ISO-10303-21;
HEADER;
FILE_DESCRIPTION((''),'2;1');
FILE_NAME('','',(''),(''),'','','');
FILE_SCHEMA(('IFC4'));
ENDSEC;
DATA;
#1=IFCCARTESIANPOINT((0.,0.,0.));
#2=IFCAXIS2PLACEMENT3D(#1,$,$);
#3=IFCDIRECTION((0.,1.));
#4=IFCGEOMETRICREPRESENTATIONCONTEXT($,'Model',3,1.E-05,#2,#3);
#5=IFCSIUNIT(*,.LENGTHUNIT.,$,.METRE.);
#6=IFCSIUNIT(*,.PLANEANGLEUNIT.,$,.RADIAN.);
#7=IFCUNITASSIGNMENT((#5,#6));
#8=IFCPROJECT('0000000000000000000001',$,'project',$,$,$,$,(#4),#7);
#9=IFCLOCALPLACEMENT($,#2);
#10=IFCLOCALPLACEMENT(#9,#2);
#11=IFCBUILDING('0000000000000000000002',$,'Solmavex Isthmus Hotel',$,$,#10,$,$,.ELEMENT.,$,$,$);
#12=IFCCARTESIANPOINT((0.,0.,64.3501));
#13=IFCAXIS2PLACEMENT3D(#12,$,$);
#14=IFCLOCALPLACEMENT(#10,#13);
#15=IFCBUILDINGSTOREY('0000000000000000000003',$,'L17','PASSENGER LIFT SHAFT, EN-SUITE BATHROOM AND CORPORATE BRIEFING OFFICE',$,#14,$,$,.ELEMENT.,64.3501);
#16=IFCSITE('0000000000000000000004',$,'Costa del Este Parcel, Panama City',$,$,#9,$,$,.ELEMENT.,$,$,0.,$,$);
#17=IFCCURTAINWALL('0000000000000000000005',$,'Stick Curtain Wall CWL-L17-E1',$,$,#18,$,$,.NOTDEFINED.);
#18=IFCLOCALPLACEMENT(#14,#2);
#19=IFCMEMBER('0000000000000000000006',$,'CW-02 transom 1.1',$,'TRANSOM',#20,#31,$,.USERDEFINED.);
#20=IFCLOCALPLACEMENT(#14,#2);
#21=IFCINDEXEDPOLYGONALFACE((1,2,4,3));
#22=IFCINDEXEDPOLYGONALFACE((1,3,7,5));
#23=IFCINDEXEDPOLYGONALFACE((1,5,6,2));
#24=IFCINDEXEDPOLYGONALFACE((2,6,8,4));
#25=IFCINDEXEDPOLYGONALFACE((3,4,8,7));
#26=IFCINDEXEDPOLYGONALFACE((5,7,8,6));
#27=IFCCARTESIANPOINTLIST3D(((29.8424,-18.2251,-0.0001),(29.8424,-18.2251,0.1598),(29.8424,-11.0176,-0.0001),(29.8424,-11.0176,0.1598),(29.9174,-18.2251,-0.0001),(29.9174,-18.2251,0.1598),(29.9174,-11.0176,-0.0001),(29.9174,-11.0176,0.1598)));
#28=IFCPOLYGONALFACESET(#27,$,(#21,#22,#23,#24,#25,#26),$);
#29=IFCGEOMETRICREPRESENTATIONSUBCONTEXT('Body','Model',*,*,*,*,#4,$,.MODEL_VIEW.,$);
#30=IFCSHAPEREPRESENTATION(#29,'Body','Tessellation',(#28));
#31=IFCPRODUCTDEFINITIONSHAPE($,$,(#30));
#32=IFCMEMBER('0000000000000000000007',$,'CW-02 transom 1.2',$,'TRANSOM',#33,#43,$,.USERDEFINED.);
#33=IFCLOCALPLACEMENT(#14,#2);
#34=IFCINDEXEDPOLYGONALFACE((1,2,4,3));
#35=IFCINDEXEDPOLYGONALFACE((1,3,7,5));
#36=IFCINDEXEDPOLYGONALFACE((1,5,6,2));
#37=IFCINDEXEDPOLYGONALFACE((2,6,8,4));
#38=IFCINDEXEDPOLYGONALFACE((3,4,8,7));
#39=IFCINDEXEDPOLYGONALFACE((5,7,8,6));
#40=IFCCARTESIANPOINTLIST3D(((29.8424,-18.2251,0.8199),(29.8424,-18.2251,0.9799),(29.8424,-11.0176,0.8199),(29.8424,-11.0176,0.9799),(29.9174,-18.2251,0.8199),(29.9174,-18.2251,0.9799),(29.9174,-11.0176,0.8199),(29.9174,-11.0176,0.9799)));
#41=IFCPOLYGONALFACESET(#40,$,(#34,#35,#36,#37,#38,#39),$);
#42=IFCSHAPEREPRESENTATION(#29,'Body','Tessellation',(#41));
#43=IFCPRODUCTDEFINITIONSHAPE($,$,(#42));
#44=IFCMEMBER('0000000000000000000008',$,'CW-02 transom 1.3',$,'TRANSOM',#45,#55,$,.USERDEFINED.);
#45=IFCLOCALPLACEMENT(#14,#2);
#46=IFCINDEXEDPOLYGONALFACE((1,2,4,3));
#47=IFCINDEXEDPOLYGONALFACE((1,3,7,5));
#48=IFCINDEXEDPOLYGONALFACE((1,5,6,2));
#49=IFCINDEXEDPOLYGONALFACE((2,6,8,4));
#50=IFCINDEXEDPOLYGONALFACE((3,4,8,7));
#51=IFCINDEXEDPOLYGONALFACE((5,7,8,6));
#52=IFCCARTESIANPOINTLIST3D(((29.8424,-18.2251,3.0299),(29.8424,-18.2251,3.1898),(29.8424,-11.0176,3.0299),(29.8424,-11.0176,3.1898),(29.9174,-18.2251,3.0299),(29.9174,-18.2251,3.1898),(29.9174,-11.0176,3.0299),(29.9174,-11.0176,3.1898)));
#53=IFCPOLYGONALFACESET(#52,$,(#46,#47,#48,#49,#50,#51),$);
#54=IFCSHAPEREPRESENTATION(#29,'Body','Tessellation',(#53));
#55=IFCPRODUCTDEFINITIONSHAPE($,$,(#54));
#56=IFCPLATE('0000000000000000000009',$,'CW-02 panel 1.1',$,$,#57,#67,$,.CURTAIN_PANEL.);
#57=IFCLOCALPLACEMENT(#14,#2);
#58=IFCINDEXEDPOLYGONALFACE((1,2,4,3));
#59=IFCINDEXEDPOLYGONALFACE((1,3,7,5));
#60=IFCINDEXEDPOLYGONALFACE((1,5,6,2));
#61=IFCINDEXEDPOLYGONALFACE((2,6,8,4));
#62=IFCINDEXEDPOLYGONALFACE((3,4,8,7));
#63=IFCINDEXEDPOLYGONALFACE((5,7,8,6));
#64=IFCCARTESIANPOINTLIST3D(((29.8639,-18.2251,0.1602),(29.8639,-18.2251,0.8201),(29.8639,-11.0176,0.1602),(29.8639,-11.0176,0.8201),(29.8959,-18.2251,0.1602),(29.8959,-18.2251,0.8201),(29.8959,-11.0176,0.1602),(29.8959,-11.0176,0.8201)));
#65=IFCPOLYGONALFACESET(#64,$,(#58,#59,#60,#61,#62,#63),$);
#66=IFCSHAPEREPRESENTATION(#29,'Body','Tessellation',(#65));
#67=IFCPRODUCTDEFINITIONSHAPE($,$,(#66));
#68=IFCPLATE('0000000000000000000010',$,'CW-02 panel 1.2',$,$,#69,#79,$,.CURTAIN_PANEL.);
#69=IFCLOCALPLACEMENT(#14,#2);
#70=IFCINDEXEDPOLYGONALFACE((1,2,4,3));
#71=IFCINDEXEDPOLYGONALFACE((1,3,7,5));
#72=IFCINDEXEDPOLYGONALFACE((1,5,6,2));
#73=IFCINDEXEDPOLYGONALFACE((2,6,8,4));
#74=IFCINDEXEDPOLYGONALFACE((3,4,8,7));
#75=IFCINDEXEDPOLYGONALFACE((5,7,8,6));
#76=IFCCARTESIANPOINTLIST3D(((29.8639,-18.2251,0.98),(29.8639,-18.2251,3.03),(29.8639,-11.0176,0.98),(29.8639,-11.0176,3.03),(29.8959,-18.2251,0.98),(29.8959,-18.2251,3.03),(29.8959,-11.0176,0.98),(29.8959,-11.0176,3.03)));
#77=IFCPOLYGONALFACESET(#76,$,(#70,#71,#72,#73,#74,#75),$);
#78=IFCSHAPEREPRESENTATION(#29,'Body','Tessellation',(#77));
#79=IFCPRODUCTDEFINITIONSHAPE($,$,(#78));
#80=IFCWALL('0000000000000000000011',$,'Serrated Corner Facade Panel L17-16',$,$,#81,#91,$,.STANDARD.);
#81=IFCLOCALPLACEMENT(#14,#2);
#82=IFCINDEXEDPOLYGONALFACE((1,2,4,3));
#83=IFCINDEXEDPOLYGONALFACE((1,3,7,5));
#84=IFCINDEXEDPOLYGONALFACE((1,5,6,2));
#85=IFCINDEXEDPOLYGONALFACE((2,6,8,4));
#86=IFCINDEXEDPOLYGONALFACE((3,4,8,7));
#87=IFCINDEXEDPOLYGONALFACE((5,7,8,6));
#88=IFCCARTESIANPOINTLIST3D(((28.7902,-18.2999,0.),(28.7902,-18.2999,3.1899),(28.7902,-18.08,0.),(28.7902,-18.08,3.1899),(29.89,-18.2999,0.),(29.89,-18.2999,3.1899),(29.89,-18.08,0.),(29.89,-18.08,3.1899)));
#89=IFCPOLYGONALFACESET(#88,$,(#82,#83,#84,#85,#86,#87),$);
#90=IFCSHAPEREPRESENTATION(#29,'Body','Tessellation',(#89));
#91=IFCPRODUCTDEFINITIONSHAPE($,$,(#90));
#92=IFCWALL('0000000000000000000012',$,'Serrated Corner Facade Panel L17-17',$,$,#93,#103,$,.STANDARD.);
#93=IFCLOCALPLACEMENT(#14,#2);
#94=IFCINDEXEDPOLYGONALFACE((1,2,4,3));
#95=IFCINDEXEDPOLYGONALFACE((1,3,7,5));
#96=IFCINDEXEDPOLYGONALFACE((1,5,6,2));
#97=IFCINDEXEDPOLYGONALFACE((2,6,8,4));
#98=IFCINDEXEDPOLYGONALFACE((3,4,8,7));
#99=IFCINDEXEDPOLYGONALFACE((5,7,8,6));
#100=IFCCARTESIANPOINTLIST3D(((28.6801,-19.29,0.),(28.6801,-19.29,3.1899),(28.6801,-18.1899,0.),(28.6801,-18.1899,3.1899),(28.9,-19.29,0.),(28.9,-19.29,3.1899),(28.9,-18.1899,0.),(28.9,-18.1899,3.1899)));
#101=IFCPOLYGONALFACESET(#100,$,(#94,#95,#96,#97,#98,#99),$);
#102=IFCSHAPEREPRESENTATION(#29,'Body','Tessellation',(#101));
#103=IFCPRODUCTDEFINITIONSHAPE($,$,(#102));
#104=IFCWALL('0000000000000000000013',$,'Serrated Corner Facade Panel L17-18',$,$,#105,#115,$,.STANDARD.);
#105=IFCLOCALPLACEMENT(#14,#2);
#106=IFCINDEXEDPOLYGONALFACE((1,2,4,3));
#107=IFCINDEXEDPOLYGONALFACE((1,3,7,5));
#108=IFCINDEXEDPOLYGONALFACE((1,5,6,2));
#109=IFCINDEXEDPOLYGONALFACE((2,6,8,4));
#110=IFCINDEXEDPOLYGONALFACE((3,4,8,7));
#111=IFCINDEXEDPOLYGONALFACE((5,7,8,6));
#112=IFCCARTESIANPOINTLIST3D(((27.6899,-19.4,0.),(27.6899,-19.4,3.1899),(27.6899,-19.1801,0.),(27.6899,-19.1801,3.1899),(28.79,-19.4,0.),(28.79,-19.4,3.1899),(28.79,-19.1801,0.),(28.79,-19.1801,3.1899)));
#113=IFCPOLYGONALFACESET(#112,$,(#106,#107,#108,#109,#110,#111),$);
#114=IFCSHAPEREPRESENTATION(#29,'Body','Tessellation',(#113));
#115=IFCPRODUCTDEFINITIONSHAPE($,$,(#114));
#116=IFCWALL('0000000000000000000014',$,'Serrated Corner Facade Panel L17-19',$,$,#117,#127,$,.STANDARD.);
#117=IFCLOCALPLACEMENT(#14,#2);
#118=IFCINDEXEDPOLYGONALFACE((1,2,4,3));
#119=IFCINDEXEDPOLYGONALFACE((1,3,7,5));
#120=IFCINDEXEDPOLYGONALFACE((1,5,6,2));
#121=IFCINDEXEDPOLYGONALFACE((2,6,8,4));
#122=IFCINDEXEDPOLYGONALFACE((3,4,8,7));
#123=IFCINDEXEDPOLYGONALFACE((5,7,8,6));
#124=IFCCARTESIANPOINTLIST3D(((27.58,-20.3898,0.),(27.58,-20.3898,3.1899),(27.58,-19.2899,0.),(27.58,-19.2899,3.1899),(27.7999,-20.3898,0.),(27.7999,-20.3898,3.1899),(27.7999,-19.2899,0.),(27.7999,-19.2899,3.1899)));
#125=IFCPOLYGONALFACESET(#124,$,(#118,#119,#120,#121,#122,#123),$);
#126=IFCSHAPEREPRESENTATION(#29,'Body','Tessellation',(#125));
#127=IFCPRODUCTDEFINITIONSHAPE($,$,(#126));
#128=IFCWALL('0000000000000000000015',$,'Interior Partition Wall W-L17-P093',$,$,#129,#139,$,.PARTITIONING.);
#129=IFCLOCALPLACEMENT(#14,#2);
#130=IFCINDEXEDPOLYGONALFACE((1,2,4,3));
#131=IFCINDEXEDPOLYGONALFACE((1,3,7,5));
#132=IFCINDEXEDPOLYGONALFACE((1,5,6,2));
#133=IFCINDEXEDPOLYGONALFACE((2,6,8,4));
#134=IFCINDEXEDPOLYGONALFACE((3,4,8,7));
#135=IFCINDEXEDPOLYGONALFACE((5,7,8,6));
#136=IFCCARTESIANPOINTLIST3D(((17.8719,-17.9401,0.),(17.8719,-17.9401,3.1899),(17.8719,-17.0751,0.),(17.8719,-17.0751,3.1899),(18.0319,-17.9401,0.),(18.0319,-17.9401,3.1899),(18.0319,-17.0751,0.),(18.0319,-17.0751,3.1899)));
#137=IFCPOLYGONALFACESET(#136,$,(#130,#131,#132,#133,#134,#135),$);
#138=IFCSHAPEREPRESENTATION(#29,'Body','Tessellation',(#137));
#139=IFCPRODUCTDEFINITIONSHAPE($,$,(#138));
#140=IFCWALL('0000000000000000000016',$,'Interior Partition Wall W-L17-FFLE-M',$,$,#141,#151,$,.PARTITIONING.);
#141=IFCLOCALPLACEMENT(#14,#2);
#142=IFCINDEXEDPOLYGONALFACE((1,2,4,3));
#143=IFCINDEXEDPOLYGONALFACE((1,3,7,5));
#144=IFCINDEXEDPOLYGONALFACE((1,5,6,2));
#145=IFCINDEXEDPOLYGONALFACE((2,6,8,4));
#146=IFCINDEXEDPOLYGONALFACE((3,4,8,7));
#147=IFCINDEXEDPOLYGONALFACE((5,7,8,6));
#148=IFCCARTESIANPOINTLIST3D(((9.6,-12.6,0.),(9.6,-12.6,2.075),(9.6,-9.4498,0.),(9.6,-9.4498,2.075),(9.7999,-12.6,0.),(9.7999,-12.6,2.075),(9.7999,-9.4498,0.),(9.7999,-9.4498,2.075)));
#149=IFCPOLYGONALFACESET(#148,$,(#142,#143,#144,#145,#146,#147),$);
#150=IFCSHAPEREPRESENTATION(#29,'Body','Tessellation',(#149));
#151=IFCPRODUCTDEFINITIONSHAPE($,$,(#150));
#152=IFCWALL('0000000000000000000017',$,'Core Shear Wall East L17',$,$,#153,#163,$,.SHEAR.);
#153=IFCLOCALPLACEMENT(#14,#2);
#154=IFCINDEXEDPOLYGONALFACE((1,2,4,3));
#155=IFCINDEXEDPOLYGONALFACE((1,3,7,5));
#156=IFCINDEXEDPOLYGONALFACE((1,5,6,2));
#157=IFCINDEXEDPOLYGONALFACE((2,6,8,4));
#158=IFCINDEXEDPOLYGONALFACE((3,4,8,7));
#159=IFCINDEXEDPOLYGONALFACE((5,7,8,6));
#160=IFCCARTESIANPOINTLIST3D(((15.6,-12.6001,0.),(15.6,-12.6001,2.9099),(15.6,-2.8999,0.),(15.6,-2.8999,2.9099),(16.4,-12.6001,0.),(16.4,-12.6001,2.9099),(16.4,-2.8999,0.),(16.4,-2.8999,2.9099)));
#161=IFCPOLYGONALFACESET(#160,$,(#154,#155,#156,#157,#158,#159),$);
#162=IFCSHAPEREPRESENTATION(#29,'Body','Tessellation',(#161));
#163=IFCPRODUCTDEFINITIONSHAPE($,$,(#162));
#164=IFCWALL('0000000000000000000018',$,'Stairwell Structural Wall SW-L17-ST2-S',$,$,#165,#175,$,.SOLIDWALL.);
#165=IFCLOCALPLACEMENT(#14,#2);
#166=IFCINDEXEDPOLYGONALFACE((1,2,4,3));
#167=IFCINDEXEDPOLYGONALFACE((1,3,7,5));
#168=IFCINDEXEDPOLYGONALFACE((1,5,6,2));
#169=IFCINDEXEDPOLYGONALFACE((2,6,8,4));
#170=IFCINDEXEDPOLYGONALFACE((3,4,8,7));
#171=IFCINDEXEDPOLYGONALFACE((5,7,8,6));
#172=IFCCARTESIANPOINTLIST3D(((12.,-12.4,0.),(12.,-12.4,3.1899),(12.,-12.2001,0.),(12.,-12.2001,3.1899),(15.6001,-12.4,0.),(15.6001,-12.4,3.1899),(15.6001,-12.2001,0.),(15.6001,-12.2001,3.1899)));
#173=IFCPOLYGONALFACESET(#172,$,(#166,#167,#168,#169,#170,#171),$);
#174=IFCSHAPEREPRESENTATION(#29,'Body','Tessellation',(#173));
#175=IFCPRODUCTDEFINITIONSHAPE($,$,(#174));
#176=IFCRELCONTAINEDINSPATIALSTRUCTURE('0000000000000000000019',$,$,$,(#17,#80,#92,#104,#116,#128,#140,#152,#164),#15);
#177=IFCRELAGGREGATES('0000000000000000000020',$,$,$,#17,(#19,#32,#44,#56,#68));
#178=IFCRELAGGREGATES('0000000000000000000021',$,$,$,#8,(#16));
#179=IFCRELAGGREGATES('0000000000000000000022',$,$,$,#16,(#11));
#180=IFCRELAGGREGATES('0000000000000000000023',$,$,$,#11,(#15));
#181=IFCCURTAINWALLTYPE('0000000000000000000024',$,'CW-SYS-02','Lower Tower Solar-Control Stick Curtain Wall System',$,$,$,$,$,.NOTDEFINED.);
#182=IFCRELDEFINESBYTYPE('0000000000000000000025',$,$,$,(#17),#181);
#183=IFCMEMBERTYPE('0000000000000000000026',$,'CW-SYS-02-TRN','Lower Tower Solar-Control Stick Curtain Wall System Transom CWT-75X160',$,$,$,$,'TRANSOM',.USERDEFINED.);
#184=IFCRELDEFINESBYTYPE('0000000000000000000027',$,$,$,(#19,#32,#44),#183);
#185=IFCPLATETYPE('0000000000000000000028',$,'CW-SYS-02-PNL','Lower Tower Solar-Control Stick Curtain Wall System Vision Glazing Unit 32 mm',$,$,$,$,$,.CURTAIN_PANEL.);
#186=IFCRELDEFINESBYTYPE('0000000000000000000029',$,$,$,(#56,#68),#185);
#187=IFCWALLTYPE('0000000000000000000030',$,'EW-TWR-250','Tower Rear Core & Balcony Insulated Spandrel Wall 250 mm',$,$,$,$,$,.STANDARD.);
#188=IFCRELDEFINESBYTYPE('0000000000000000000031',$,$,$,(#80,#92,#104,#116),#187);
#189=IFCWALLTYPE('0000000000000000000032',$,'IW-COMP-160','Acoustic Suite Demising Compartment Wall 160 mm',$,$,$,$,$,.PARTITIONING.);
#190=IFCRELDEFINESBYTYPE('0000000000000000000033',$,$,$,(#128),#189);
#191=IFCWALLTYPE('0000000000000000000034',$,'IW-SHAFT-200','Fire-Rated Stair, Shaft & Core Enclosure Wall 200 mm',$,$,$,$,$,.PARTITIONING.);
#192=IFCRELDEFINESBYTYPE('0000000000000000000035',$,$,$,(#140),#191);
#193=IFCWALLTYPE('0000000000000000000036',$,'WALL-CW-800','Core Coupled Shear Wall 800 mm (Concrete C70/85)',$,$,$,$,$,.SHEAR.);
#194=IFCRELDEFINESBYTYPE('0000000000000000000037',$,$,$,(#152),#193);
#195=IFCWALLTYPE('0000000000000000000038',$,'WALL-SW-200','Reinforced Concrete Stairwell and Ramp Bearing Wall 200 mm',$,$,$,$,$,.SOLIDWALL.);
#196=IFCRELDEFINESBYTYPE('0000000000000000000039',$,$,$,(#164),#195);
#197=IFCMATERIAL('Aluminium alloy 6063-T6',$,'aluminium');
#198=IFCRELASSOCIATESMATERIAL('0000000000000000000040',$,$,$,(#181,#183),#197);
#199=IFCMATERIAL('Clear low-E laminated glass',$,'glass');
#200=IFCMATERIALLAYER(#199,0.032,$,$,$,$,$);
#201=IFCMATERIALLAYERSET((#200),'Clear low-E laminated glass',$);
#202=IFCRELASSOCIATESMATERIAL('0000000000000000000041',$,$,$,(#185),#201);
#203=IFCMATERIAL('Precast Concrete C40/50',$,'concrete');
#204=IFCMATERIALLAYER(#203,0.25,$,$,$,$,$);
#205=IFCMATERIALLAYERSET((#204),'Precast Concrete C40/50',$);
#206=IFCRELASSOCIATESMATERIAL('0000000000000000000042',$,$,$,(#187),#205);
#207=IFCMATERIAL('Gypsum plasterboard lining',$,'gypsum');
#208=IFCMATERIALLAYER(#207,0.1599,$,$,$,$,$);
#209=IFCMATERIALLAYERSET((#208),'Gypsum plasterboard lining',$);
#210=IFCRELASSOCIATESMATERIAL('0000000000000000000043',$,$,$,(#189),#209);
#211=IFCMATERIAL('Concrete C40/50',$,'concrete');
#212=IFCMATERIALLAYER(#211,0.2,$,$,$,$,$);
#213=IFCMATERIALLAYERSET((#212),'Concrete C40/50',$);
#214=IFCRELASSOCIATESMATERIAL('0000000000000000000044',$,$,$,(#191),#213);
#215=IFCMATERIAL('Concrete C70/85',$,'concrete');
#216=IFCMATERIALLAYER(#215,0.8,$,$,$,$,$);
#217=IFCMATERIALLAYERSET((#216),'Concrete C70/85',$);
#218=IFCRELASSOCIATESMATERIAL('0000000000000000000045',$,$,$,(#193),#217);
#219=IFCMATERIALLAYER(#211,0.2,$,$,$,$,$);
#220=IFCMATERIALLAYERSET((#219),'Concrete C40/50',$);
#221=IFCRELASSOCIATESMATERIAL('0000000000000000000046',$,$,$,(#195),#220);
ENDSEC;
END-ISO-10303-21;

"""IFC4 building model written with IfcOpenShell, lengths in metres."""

from ifc_helpers import new_model, si_unit, direction, frame, frame_2d, origin, origin_2d, place, context, subcontext, project, spatial, rectangle, extrude, material, layer, layer_set, material_profile, profile_set, type_object, element, aggregate, save


model = new_model("IFC4")

# Units and contexts
model_context = context("Model", 3, precision=1e-05, world=origin(), true_north=direction((0.0, 1.0)))
body_context = subcontext(model_context, "Body", "Model", "MODEL_VIEW")
ifc_project = project(units=[si_unit("LENGTHUNIT", "METRE"), si_unit("PLANEANGLEUNIT", "RADIAN")], contexts=[model_context])

# Site, building, storey
site_placement = place(None, origin())
site = spatial("IfcSite", under=ifc_project, at=site_placement, Name="Costa del Este Parcel, Panama City", CompositionType="ELEMENT", RefElevation=0.0)
building_placement = place(site_placement, origin())
building = spatial("IfcBuilding", under=site, at=building_placement, Name="Solmavex Isthmus Hotel", CompositionType="ELEMENT")
storey_placement = place(building_placement, frame((0.0, 0.0, 64.3501)))
storey = spatial("IfcBuildingStorey", under=building, at=storey_placement, Name="L17", Description="PASSENGER LIFT SHAFT, EN-SUITE BATHROOM AND CORPORATE BRIEFING OFFICE", CompositionType="ELEMENT", Elevation=64.3501)

# Shared definitions
ifc_material_1 = material(Name="Concrete C70/85", Category="concrete")

# Curtain wall, members, plates
ifc_material_2 = material(Name="Aluminium alloy 6063-T6", Category="aluminium")
curtain_wall_type = type_object("IfcCurtainWallType", Name="CW-SYS-02", Description="Lower Tower Solar-Control Stick Curtain Wall System", PredefinedType="NOTDEFINED", material=ifc_material_2)
curtain_wall_placement = place(storey_placement, origin())
curtain_wall = element("IfcCurtainWall", 1, at=curtain_wall_placement, inside=storey, type_object=curtain_wall_type, Name="Stick Curtain Wall CWL-L17-E1", PredefinedType="NOTDEFINED")
ifc_material_profile_1 = material_profile(ifc_material_2, rectangle(XDim=0.075, YDim=0.1599, at=origin_2d()), Name="CWT-75X160")
ifc_profile_set_1 = profile_set([ifc_material_profile_1], Name="Aluminium alloy 6063-T6")
member_type_1 = type_object("IfcMemberType", Name="CW-SYS-02-TRN", Description="Lower Tower Solar-Control Stick Curtain Wall System Transom CWT-75X160", ElementType="TRANSOM", PredefinedType="USERDEFINED", material=ifc_profile_set_1)
member_1_placement = place(storey_placement, frame((29.8799, -18.2251, 0.0798), z_axis=(0.0, 1.0, 0.0), x_axis=(-1.0, 0.0, 0.0)))
member_1 = element("IfcMember", 2, at=member_1_placement, type_object=member_type_1, Name="CW-02 transom 1.1", ObjectType="TRANSOM", PredefinedType="USERDEFINED", context=body_context, shape_type="SweptSolid", body=[
    extrude(rectangle(XDim=0.075, YDim=0.1599, at=origin_2d()), origin(), (0.0, 0.0, 1.0), 7.2075),
])
member_2_placement = place(storey_placement, frame((29.8799, -18.2251, 0.8999), z_axis=(0.0, 1.0, 0.0), x_axis=(-1.0, 0.0, 0.0)))
member_2 = element("IfcMember", 3, at=member_2_placement, type_object=member_type_1, Name="CW-02 transom 1.2", ObjectType="TRANSOM", PredefinedType="USERDEFINED", context=body_context, shape_type="SweptSolid", body=[
    extrude(rectangle(XDim=0.075, YDim=0.1599, at=origin_2d()), origin(), (0.0, 0.0, 1.0), 7.2075),
])
member_3_placement = place(storey_placement, frame((29.8799, -18.2251, 3.1099), z_axis=(0.0, 1.0, 0.0), x_axis=(-1.0, 0.0, 0.0)))
member_3 = element("IfcMember", 4, at=member_3_placement, type_object=member_type_1, Name="CW-02 transom 1.3", ObjectType="TRANSOM", PredefinedType="USERDEFINED", context=body_context, shape_type="SweptSolid", body=[
    extrude(rectangle(XDim=0.075, YDim=0.1599, at=origin_2d()), origin(), (0.0, 0.0, 1.0), 7.2075),
])
ifc_material_3 = material(Name="Clear low-E laminated glass", Category="glass")
ifc_layer_1 = layer(ifc_material_3, 0.032)
ifc_layer_set_1 = layer_set([ifc_layer_1], Name="Clear low-E laminated glass")
plate_type = type_object("IfcPlateType", Name="CW-SYS-02-PNL", Description="Lower Tower Solar-Control Stick Curtain Wall System Vision Glazing Unit 32 mm", PredefinedType="CURTAIN_PANEL", material=ifc_layer_set_1)
plate_1_placement = place(storey_placement, frame((29.8799, -14.6213, 0.1602), z_axis=(0.0, 0.0, 1.0), x_axis=(0.0, 1.0, 0.0)))
plate_1 = element("IfcPlate", 5, at=plate_1_placement, type_object=plate_type, Name="CW-02 panel 1.1", PredefinedType="CURTAIN_PANEL", context=body_context, shape_type="SweptSolid", body=[
    extrude(rectangle(XDim=7.2075, YDim=0.032, at=origin_2d()), origin(), (0.0, 0.0, 1.0), 0.6599),
])
plate_2_placement = place(storey_placement, frame((29.8799, -14.6213, 0.98), z_axis=(0.0, 0.0, 1.0), x_axis=(0.0, 1.0, 0.0)))
plate_2 = element("IfcPlate", 6, at=plate_2_placement, type_object=plate_type, Name="CW-02 panel 1.2", PredefinedType="CURTAIN_PANEL", context=body_context, shape_type="SweptSolid", body=[
    extrude(rectangle(XDim=7.2075, YDim=0.032, at=origin_2d()), origin(), (0.0, 0.0, 1.0), 2.05),
])
aggregate(curtain_wall, [member_1, member_2, member_3, plate_1, plate_2])

# Walls
ifc_material_4 = material(Name="Precast Concrete C40/50", Category="concrete")
ifc_layer_2 = layer(ifc_material_4, 0.25)
ifc_layer_set_2 = layer_set([ifc_layer_2], Name="Precast Concrete C40/50")
wall_type_1 = type_object("IfcWallType", Name="EW-TWR-250", Description="Tower Rear Core & Balcony Insulated Spandrel Wall 250 mm", PredefinedType="STANDARD", material=ifc_layer_set_2)
wall_1_placement = place(storey_placement, frame((29.8899, -18.1899, 0.0), z_axis=(0.0, 0.0, 1.0), x_axis=(-1.0, 0.0, 0.0)))
element("IfcWall", 7, at=wall_1_placement, inside=storey, type_object=wall_type_1, Name="Serrated Corner Facade Panel L17-16", PredefinedType="STANDARD", context=body_context, shape_type="SweptSolid", body=[
    extrude(rectangle(XDim=1.0999, YDim=0.22, at=frame_2d((0.5498, 0.0))), origin(), (0.0, 0.0, 1.0), 3.1899),
])
for number, where, z_axis, x_axis, name in (
    (8, (28.79, -18.1899, 0.0), (0.0, 0.0, 1.0), (0.0, -1.0, 0.0), "Serrated Corner Facade Panel L17-17"),
    (9, (28.79, -19.29, 0.0), (0.0, 0.0, 1.0), (-1.0, 0.0, 0.0), "Serrated Corner Facade Panel L17-18"),
):
    element("IfcWall", number, at=place(storey_placement, frame(where, z_axis=z_axis, x_axis=x_axis)), inside=storey, type_object=wall_type_1, Name=name, PredefinedType="STANDARD", context=body_context, shape_type="SweptSolid", body=[
        extrude(rectangle(XDim=1.1001, YDim=0.22, at=frame_2d((0.55, 0.0))), origin(), (0.0, 0.0, 1.0), 3.1899),
    ])
wall_2_placement = place(storey_placement, frame((27.6899, -19.29, 0.0), z_axis=(0.0, 0.0, 1.0), x_axis=(0.0, -1.0, 0.0)))
element("IfcWall", 10, at=wall_2_placement, inside=storey, type_object=wall_type_1, Name="Serrated Corner Facade Panel L17-19", PredefinedType="STANDARD", context=body_context, shape_type="SweptSolid", body=[
    extrude(rectangle(XDim=1.0999, YDim=0.22, at=frame_2d((0.5498, 0.0))), origin(), (0.0, 0.0, 1.0), 3.1899),
])
ifc_material_5 = material(Name="Gypsum plasterboard lining", Category="gypsum")
ifc_layer_3 = layer(ifc_material_5, 0.1599)
ifc_layer_set_3 = layer_set([ifc_layer_3], Name="Gypsum plasterboard lining")
wall_type_2 = type_object("IfcWallType", Name="IW-COMP-160", Description="Acoustic Suite Demising Compartment Wall 160 mm", PredefinedType="PARTITIONING", material=ifc_layer_set_3)
wall_3_placement = place(storey_placement, frame((17.9519, -17.075, 0.0), z_axis=(0.0, 0.0, 1.0), x_axis=(0.0, -1.0, 0.0)))
element("IfcWall", 11, at=wall_3_placement, inside=storey, type_object=wall_type_2, Name="Interior Partition Wall W-L17-P093", PredefinedType="PARTITIONING", context=body_context, shape_type="SweptSolid", body=[
    extrude(rectangle(XDim=0.865, YDim=0.1599, at=frame_2d((0.4326, 0.0))), origin(), (0.0, 0.0, 1.0), 3.1899),
])
ifc_material_6 = material(Name="Concrete C40/50", Category="concrete")
ifc_layer_4 = layer(ifc_material_6, 0.2)
ifc_layer_set_4 = layer_set([ifc_layer_4], Name="Concrete C40/50")
wall_type_3 = type_object("IfcWallType", Name="IW-SHAFT-200", Description="Fire-Rated Stair, Shaft & Core Enclosure Wall 200 mm", PredefinedType="PARTITIONING", material=ifc_layer_set_4)
wall_4_placement = place(storey_placement, frame((9.7, -12.6001, 0.0), z_axis=(0.0, 0.0, 1.0), x_axis=(0.0, 1.0, 0.0)))
element("IfcWall", 12, at=wall_4_placement, inside=storey, type_object=wall_type_3, Name="Interior Partition Wall W-L17-FFLE-M", PredefinedType="PARTITIONING", context=body_context, shape_type="SweptSolid", body=[
    extrude(rectangle(XDim=3.1501, YDim=0.2, at=frame_2d((1.5752, 0.0))), origin(), (0.0, 0.0, 1.0), 2.075),
])
ifc_layer_5 = layer(ifc_material_1, 0.8)
ifc_layer_set_5 = layer_set([ifc_layer_5], Name="Concrete C70/85")
wall_type_4 = type_object("IfcWallType", Name="WALL-CW-800", Description="Core Coupled Shear Wall 800 mm (Concrete C70/85)", PredefinedType="SHEAR", material=ifc_layer_set_5)
wall_5_placement = place(storey_placement, frame((16.0, -12.6001, 0.0), z_axis=(0.0, 0.0, 1.0), x_axis=(0.0, 1.0, 0.0)))
element("IfcWall", 13, at=wall_5_placement, inside=storey, type_object=wall_type_4, Name="Core Shear Wall East L17", PredefinedType="SHEAR", context=body_context, shape_type="SweptSolid", body=[
    extrude(rectangle(XDim=9.7002, YDim=0.8, at=frame_2d((4.8501, 0.0))), origin(), (0.0, 0.0, 1.0), 2.9099),
])
ifc_layer_6 = layer(ifc_material_6, 0.2)
ifc_layer_set_6 = layer_set([ifc_layer_6], Name="Concrete C40/50")
wall_type_5 = type_object("IfcWallType", Name="WALL-SW-200", Description="Reinforced Concrete Stairwell and Ramp Bearing Wall 200 mm", PredefinedType="SOLIDWALL", material=ifc_layer_set_6)
wall_6_placement = place(storey_placement, frame((12.0, -12.3, 0.0), z_axis=(0.0, 0.0, 1.0), x_axis=(1.0, 0.0, 0.0)))
element("IfcWall", 14, at=wall_6_placement, inside=storey, type_object=wall_type_5, Name="Stairwell Structural Wall SW-L17-ST2-S", PredefinedType="SOLIDWALL", context=body_context, shape_type="SweptSolid", body=[
    extrude(rectangle(XDim=3.6001, YDim=0.2, at=frame_2d((1.8, 0.0))), origin(), (0.0, 0.0, 1.0), 3.1899),
])

save(model, "model.ifc")
